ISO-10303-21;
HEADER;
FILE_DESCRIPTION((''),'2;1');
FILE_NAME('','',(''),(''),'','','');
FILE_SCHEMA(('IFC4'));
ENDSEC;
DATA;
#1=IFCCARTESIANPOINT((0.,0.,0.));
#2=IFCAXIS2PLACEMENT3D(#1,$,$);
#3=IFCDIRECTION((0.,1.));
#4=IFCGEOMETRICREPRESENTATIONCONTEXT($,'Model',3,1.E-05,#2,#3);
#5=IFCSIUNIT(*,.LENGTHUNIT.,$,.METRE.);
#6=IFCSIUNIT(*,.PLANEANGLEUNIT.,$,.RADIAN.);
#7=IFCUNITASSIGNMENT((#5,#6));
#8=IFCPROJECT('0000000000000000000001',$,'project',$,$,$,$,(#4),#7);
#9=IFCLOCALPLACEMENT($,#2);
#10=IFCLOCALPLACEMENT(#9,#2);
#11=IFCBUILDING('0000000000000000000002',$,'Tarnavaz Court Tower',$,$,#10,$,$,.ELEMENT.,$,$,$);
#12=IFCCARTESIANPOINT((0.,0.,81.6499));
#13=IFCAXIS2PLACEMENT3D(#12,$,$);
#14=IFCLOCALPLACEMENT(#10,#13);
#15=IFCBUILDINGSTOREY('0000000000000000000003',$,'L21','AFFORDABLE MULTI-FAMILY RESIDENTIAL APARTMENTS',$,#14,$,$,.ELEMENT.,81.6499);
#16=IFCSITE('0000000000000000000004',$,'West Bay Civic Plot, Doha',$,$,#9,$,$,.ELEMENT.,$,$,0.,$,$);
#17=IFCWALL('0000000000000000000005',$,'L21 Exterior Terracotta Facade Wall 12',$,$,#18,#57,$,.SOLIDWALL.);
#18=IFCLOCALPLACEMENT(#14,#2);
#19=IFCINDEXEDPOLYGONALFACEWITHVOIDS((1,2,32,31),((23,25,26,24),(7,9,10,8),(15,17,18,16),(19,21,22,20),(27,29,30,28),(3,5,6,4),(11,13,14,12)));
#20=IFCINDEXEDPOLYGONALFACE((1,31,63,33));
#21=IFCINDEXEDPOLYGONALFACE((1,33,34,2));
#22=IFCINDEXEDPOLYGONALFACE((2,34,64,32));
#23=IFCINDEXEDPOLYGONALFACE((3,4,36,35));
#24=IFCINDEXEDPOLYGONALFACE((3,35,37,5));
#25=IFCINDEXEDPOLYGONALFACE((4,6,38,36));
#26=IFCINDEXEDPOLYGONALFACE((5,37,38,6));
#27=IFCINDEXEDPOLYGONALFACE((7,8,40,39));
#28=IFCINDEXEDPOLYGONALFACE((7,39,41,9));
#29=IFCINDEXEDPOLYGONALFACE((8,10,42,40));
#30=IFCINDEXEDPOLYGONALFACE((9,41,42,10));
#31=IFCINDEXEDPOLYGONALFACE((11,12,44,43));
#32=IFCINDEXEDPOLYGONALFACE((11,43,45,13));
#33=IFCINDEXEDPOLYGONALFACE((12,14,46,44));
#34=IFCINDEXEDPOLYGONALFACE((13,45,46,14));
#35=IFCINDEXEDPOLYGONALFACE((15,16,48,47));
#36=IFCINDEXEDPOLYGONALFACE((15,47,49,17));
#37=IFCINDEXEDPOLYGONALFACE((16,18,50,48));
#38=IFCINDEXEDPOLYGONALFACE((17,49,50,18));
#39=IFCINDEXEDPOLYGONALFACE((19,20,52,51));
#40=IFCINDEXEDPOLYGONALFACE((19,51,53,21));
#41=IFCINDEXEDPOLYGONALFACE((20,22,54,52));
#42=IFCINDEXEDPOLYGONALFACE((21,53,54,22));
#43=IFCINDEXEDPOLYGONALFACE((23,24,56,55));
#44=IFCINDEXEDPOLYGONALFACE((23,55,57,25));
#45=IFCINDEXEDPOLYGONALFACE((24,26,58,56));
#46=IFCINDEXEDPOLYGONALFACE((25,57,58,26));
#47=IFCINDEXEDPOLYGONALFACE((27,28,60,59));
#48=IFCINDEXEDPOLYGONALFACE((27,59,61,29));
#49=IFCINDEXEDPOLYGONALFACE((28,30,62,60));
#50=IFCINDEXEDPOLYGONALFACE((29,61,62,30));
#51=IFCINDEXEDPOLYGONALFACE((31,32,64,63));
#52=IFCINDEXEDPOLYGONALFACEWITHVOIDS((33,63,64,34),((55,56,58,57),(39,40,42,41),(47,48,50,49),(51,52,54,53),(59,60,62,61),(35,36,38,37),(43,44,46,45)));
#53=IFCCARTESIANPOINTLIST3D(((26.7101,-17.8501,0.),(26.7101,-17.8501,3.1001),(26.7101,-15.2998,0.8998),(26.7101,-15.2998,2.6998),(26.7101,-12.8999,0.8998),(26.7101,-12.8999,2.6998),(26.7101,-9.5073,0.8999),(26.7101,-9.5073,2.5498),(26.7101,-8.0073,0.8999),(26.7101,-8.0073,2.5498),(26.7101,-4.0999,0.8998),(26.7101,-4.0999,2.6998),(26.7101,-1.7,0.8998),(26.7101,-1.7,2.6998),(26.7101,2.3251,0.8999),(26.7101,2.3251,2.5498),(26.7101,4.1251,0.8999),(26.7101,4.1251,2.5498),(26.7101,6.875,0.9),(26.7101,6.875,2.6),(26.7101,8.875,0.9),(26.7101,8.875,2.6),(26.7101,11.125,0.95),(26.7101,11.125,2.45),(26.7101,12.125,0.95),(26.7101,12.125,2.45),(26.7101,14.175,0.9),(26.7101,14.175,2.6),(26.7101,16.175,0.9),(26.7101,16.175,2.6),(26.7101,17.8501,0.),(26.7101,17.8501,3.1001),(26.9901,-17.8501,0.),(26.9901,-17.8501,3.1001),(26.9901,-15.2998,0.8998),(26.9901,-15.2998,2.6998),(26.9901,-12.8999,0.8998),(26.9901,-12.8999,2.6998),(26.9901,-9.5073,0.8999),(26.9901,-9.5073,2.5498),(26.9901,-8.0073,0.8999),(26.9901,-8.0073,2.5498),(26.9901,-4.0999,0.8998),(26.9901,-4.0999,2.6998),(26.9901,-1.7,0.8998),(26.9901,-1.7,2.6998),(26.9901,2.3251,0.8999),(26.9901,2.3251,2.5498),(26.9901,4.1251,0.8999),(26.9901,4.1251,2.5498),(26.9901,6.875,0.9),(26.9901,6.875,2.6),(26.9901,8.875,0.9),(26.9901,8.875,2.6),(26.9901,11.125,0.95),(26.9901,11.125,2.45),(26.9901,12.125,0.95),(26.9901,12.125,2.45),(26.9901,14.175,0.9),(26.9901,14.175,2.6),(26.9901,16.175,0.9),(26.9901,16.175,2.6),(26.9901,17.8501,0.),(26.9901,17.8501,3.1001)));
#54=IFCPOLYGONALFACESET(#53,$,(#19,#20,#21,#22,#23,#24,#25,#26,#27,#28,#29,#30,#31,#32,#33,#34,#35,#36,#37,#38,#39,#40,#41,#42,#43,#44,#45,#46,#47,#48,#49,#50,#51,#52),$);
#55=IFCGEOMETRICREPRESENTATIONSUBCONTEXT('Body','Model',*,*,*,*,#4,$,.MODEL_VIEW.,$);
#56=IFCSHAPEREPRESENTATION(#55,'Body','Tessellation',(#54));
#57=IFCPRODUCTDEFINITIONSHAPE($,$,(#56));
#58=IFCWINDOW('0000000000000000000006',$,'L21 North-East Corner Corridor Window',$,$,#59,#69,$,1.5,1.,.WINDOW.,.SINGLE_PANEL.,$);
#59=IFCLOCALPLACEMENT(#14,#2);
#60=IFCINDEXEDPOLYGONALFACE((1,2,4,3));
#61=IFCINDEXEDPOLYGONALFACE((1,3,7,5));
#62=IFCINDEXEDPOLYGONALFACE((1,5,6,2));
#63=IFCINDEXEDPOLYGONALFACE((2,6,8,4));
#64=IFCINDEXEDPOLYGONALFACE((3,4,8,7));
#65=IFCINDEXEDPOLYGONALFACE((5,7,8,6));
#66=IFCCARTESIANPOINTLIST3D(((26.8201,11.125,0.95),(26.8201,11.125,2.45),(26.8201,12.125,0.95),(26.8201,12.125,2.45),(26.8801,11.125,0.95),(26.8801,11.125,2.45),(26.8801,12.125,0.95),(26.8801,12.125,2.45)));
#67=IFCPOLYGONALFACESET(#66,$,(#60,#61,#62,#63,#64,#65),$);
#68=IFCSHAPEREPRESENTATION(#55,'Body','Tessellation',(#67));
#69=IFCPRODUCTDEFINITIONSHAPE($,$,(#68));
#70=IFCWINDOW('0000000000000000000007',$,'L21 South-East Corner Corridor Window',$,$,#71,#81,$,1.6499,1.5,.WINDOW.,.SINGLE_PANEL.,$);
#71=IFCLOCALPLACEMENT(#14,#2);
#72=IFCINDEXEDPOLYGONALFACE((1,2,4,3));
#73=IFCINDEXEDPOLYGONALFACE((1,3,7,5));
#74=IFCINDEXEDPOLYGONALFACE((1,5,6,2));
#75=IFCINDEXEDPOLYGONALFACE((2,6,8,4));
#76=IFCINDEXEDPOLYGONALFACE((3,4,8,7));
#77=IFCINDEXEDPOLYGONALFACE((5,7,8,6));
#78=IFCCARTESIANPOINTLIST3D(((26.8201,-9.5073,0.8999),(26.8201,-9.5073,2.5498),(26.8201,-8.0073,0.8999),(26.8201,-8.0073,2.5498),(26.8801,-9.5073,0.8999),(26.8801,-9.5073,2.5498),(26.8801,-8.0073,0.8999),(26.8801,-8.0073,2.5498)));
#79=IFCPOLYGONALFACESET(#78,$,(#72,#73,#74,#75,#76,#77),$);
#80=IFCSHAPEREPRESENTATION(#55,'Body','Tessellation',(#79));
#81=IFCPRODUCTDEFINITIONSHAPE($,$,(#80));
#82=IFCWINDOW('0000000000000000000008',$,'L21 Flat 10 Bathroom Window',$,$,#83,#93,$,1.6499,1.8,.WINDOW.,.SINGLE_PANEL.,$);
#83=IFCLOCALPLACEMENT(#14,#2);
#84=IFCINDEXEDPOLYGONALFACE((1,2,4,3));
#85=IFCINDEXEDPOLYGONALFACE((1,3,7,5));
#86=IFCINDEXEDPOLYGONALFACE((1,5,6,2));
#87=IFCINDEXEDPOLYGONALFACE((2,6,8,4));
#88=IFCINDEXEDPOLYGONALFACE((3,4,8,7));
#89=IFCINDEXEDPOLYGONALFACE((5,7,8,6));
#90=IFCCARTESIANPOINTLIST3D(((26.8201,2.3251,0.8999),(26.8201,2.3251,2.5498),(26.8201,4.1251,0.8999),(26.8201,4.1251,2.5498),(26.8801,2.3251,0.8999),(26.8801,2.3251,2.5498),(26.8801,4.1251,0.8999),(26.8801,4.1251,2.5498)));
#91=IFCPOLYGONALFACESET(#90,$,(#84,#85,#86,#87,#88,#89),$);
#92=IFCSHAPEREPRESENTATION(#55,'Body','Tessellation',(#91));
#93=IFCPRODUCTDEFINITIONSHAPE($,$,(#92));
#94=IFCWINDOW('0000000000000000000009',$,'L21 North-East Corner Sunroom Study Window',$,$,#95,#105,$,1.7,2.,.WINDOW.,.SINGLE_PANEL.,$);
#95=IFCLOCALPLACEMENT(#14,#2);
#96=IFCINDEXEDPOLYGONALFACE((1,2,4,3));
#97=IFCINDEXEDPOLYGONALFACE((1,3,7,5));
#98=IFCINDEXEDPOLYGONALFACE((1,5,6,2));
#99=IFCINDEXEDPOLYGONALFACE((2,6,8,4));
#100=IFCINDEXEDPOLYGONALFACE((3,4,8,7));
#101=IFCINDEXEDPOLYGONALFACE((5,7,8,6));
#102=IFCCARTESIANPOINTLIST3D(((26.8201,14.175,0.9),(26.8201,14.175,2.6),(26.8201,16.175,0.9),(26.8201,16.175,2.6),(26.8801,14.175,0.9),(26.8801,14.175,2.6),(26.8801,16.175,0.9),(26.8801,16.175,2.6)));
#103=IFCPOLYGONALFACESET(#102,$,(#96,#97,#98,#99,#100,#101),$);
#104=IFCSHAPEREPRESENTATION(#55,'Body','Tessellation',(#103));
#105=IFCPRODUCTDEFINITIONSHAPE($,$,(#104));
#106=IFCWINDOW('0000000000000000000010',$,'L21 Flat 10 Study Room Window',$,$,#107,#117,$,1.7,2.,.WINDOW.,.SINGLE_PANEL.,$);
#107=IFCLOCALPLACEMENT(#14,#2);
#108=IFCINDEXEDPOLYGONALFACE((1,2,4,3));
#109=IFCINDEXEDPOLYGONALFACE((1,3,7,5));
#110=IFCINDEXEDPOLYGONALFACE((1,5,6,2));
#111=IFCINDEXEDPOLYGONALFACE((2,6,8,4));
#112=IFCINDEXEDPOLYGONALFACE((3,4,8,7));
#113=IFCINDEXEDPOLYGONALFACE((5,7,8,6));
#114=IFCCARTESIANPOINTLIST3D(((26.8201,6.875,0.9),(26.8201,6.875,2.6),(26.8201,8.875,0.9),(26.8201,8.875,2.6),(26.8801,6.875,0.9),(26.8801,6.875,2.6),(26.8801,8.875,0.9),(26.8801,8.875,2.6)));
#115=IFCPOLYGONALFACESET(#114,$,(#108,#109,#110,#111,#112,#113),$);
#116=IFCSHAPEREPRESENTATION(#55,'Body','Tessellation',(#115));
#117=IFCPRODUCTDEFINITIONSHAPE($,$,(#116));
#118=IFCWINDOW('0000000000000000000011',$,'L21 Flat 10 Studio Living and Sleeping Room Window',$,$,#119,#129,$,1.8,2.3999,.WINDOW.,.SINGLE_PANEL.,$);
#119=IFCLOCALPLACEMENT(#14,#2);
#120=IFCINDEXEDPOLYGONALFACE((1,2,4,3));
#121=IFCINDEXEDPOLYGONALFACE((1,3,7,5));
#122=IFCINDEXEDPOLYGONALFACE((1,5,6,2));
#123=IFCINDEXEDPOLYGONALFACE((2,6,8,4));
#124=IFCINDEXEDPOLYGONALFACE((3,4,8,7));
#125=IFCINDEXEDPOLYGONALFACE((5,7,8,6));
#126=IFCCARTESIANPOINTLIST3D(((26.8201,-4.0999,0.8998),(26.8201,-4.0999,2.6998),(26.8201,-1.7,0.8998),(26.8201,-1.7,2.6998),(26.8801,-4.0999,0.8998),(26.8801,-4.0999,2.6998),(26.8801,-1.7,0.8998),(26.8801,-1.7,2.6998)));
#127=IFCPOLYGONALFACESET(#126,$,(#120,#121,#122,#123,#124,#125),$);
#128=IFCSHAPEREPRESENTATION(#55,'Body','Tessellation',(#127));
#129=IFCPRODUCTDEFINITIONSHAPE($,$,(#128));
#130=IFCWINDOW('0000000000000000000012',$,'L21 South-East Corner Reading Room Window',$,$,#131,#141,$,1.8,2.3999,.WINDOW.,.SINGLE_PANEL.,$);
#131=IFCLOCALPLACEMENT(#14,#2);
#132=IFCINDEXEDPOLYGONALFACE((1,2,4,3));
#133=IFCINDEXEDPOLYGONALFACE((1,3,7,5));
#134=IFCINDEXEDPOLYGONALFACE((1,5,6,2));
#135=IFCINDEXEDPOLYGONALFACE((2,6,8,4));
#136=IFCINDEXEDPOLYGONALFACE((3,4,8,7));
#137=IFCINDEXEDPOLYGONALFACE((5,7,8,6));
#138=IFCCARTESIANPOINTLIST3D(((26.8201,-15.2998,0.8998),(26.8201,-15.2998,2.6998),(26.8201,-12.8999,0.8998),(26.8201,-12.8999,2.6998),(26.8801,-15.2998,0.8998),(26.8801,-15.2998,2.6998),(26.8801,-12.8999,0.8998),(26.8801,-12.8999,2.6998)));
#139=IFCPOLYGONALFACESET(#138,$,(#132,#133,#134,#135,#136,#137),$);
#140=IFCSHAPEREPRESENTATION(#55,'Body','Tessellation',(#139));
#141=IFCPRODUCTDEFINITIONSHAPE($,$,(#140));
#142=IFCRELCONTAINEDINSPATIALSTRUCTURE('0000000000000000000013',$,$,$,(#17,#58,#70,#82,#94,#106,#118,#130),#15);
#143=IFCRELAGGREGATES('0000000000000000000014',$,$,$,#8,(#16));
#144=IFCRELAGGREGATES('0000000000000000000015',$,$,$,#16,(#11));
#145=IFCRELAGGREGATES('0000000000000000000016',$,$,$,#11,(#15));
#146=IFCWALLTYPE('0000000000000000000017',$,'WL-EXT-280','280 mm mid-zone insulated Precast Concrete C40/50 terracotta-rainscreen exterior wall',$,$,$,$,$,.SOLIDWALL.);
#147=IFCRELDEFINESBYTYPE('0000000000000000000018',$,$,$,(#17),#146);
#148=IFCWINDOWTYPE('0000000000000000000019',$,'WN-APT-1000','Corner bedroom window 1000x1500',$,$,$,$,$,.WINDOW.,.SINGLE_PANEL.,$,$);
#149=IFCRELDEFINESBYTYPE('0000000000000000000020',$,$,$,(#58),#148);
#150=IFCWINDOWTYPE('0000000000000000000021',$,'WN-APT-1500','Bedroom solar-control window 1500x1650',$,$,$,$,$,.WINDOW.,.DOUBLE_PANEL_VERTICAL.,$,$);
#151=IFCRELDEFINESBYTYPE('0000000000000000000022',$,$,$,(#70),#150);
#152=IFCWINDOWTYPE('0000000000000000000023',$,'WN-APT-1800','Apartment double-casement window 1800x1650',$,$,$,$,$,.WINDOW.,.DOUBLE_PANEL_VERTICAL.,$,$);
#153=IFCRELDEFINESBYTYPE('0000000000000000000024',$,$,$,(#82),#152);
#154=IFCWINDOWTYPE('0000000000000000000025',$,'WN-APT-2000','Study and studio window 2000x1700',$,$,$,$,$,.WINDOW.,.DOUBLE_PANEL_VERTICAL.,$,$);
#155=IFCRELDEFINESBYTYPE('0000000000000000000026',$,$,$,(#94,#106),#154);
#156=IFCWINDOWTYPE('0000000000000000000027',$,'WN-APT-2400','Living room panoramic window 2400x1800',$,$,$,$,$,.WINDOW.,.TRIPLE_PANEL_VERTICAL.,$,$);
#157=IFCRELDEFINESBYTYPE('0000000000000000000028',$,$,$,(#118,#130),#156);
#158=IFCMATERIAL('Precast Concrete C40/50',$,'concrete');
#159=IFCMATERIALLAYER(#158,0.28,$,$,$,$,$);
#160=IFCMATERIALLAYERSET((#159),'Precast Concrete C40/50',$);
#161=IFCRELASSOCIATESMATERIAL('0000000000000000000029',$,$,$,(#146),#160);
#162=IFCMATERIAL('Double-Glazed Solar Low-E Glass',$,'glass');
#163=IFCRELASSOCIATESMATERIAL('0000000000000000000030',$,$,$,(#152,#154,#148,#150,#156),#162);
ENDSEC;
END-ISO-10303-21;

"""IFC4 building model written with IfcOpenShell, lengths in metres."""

from ifc_helpers import new_model, si_unit, direction, frame, frame_2d, origin, place, context, subcontext, project, spatial, rectangle, extrude, material, layer, layer_set, type_object, element, fill, save


model = new_model("IFC4")

# Units and contexts
model_context = context("Model", 3, precision=1e-05, world=origin(), true_north=direction((0.0, 1.0)))
body_context = subcontext(model_context, "Body", "Model", "MODEL_VIEW")
ifc_project = project(units=[si_unit("LENGTHUNIT", "METRE"), si_unit("PLANEANGLEUNIT", "RADIAN")], contexts=[model_context])

# Site, building, storey
site_placement = place(None, origin())
site = spatial("IfcSite", under=ifc_project, at=site_placement, Name="West Bay Civic Plot, Doha", CompositionType="ELEMENT", RefElevation=0.0)
building_placement = place(site_placement, origin())
building = spatial("IfcBuilding", under=site, at=building_placement, Name="Tarnavaz Court Tower", CompositionType="ELEMENT")
storey_placement = place(building_placement, frame((0.0, 0.0, 81.6499)))
storey = spatial("IfcBuildingStorey", under=building, at=storey_placement, Name="L21", Description="AFFORDABLE MULTI-FAMILY RESIDENTIAL APARTMENTS", CompositionType="ELEMENT", Elevation=81.6499)

# Shared definitions
ifc_material_1 = material(Name="Precast Concrete C40/50", Category="concrete")
ifc_layer_1 = layer(ifc_material_1, 0.28)
ifc_layer_set_1 = layer_set([ifc_layer_1], Name="Precast Concrete C40/50")
wall_type_1 = type_object("IfcWallType", Name="WL-EXT-280", Description="280 mm mid-zone insulated Precast Concrete C40/50 terracotta-rainscreen exterior wall", PredefinedType="SOLIDWALL", material=ifc_layer_set_1)
ifc_material_2 = material(Name="Double-Glazed Solar Low-E Glass", Category="glass")
window_type_1 = type_object("IfcWindowType", Name="WN-APT-1800", Description="Apartment double-casement window 1800x1650", PartitioningType="DOUBLE_PANEL_VERTICAL", PredefinedType="WINDOW", material=ifc_material_2)
window_type_2 = type_object("IfcWindowType", Name="WN-APT-2000", Description="Study and studio window 2000x1700", PartitioningType="DOUBLE_PANEL_VERTICAL", PredefinedType="WINDOW", material=ifc_material_2)

# Wall, openings, windows
wall_1_placement = place(storey_placement, frame((26.8501, 17.8501, 0.0), z_axis=(0.0, 0.0, 1.0), x_axis=(0.0, -1.0, 0.0)))
wall_1 = element("IfcWall", 1, at=wall_1_placement, inside=storey, type_object=wall_type_1, Name="L21 Exterior Terracotta Facade Wall 12", PredefinedType="SOLIDWALL", context=body_context, shape_type="SweptSolid", body=[
    extrude(rectangle(XDim=35.7002, YDim=0.28, at=frame_2d((17.8501, 0.0))), origin(), (0.0, 0.0, 1.0), 3.1001),
])
opening_1_placement = place(wall_1_placement, frame((1.675, 0.0, 0.8999)))
opening_1 = element("IfcOpeningElement", 2, at=opening_1_placement, cuts=wall_1, PredefinedType="OPENING", context=body_context, shape_type="SweptSolid", body=[
    extrude(rectangle(XDim=2.0, YDim=1.7, at=frame_2d((1.0, 0.8501))), frame((0.0, 0.1499, 0.0), z_axis=(0.0, -1.0, 0.0), x_axis=(1.0, 0.0, 0.0)), (0.0, 0.0, 1.0), 0.3),
])
opening_2_placement = place(wall_1_placement, frame((5.7251, 0.0, 0.95)))
opening_2 = element("IfcOpeningElement", 3, at=opening_2_placement, cuts=wall_1, PredefinedType="OPENING", context=body_context, shape_type="SweptSolid", body=[
    extrude(rectangle(XDim=1.0, YDim=1.5, at=frame_2d((0.5, 0.75))), frame((0.0, 0.1499, 0.0), z_axis=(0.0, -1.0, 0.0), x_axis=(1.0, 0.0, 0.0)), (0.0, 0.0, 1.0), 0.3),
])
opening_3_placement = place(wall_1_placement, frame((8.9751, 0.0, 0.8999)))
opening_3 = element("IfcOpeningElement", 4, at=opening_3_placement, cuts=wall_1, PredefinedType="OPENING", context=body_context, shape_type="SweptSolid", body=[
    extrude(rectangle(XDim=2.0, YDim=1.7, at=frame_2d((1.0, 0.8501))), frame((0.0, 0.1499, 0.0), z_axis=(0.0, -1.0, 0.0), x_axis=(1.0, 0.0, 0.0)), (0.0, 0.0, 1.0), 0.3),
])
opening_4_placement = place(wall_1_placement, frame((13.7251, 0.0, 0.8999)))
opening_4 = element("IfcOpeningElement", 5, at=opening_4_placement, cuts=wall_1, PredefinedType="OPENING", context=body_context, shape_type="SweptSolid", body=[
    extrude(rectangle(XDim=1.8, YDim=1.6499, at=frame_2d((0.8999, 0.825))), frame((0.0, 0.1499, 0.0), z_axis=(0.0, -1.0, 0.0), x_axis=(1.0, 0.0, 0.0)), (0.0, 0.0, 1.0), 0.3),
])
opening_5_placement = place(wall_1_placement, frame((19.55, 0.0, 0.8999)))
opening_5 = element("IfcOpeningElement", 6, at=opening_5_placement, cuts=wall_1, PredefinedType="OPENING", context=body_context, shape_type="SweptSolid", body=[
    extrude(rectangle(XDim=2.3999, YDim=1.8, at=frame_2d((1.2, 0.8999))), frame((0.0, 0.1499, 0.0), z_axis=(0.0, -1.0, 0.0), x_axis=(1.0, 0.0, 0.0)), (0.0, 0.0, 1.0), 0.3),
])
opening_6_placement = place(wall_1_placement, frame((25.8574, 0.0, 0.8999)))
opening_6 = element("IfcOpeningElement", 7, at=opening_6_placement, cuts=wall_1, PredefinedType="OPENING", context=body_context, shape_type="SweptSolid", body=[
    extrude(rectangle(XDim=1.5, YDim=1.6499, at=frame_2d((0.75, 0.825))), frame((0.0, 0.1499, 0.0), z_axis=(0.0, -1.0, 0.0), x_axis=(1.0, 0.0, 0.0)), (0.0, 0.0, 1.0), 0.3),
])
opening_7_placement = place(wall_1_placement, frame((30.75, 0.0, 0.8999)))
opening_7 = element("IfcOpeningElement", 8, at=opening_7_placement, cuts=wall_1, PredefinedType="OPENING", context=body_context, shape_type="SweptSolid", body=[
    extrude(rectangle(XDim=2.3999, YDim=1.8, at=frame_2d((1.2, 0.8999))), frame((0.0, 0.1499, 0.0), z_axis=(0.0, -1.0, 0.0), x_axis=(1.0, 0.0, 0.0)), (0.0, 0.0, 1.0), 0.3),
])
window_type_3 = type_object("IfcWindowType", Name="WN-APT-1000", Description="Corner bedroom window 1000x1500", PartitioningType="SINGLE_PANEL", PredefinedType="WINDOW", material=ifc_material_2)
window_1_placement = place(opening_2_placement, origin())
window_1 = element("IfcWindow", 9, at=window_1_placement, inside=storey, type_object=window_type_3, Name="L21 North-East Corner Corridor Window", OverallHeight=1.5, OverallWidth=1.0, PartitioningType="SINGLE_PANEL", PredefinedType="WINDOW", context=body_context, shape_type="SweptSolid", body=[
    extrude(rectangle(XDim=1.0, YDim=1.5, at=frame_2d((0.5, 0.75))), frame((0.0, 0.03, 0.0), z_axis=(0.0, -1.0, 0.0), x_axis=(1.0, 0.0, 0.0)), (0.0, 0.0, 1.0), 0.0601),
])
fill(opening_2, window_1)
window_type_4 = type_object("IfcWindowType", Name="WN-APT-1500", Description="Bedroom solar-control window 1500x1650", PartitioningType="DOUBLE_PANEL_VERTICAL", PredefinedType="WINDOW", material=ifc_material_2)
window_2_placement = place(opening_6_placement, origin())
window_2 = element("IfcWindow", 10, at=window_2_placement, inside=storey, type_object=window_type_4, Name="L21 South-East Corner Corridor Window", OverallHeight=1.6499, OverallWidth=1.5, PartitioningType="SINGLE_PANEL", PredefinedType="WINDOW", context=body_context, shape_type="SweptSolid", body=[
    extrude(rectangle(XDim=1.5, YDim=1.6499, at=frame_2d((0.75, 0.825))), frame((0.0, 0.03, 0.0), z_axis=(0.0, -1.0, 0.0), x_axis=(1.0, 0.0, 0.0)), (0.0, 0.0, 1.0), 0.0601),
])
fill(opening_6, window_2)
window_3_placement = place(opening_4_placement, origin())
window_3 = element("IfcWindow", 11, at=window_3_placement, inside=storey, type_object=window_type_1, Name="L21 Flat 10 Bathroom Window", OverallHeight=1.6499, OverallWidth=1.8, PartitioningType="SINGLE_PANEL", PredefinedType="WINDOW", context=body_context, shape_type="SweptSolid", body=[
    extrude(rectangle(XDim=1.8, YDim=1.6499, at=frame_2d((0.8999, 0.825))), frame((0.0, 0.03, 0.0), z_axis=(0.0, -1.0, 0.0), x_axis=(1.0, 0.0, 0.0)), (0.0, 0.0, 1.0), 0.0601),
])
fill(opening_4, window_3)
window_4_placement = place(opening_1_placement, origin())
window_4 = element("IfcWindow", 12, at=window_4_placement, inside=storey, type_object=window_type_2, Name="L21 North-East Corner Sunroom Study Window", OverallHeight=1.7, OverallWidth=2.0, PartitioningType="SINGLE_PANEL", PredefinedType="WINDOW", context=body_context, shape_type="SweptSolid", body=[
    extrude(rectangle(XDim=2.0, YDim=1.7, at=frame_2d((1.0, 0.8501))), frame((0.0, 0.03, 0.0), z_axis=(0.0, -1.0, 0.0), x_axis=(1.0, 0.0, 0.0)), (0.0, 0.0, 1.0), 0.0601),
])
fill(opening_1, window_4)
window_5_placement = place(opening_3_placement, origin())
window_5 = element("IfcWindow", 13, at=window_5_placement, inside=storey, type_object=window_type_2, Name="L21 Flat 10 Study Room Window", OverallHeight=1.7, OverallWidth=2.0, PartitioningType="SINGLE_PANEL", PredefinedType="WINDOW", context=body_context, shape_type="SweptSolid", body=[
    extrude(rectangle(XDim=2.0, YDim=1.7, at=frame_2d((1.0, 0.8501))), frame((0.0, 0.03, 0.0), z_axis=(0.0, -1.0, 0.0), x_axis=(1.0, 0.0, 0.0)), (0.0, 0.0, 1.0), 0.0601),
])
fill(opening_3, window_5)
window_type_5 = type_object("IfcWindowType", Name="WN-APT-2400", Description="Living room panoramic window 2400x1800", PartitioningType="TRIPLE_PANEL_VERTICAL", PredefinedType="WINDOW", material=ifc_material_2)
window_6_placement = place(opening_5_placement, origin())
window_6 = element("IfcWindow", 14, at=window_6_placement, inside=storey, type_object=window_type_5, Name="L21 Flat 10 Studio Living and Sleeping Room Window", OverallHeight=1.8, OverallWidth=2.3999, PartitioningType="SINGLE_PANEL", PredefinedType="WINDOW", context=body_context, shape_type="SweptSolid", body=[
    extrude(rectangle(XDim=2.3999, YDim=1.8, at=frame_2d((1.2, 0.8999))), frame((0.0, 0.03, 0.0), z_axis=(0.0, -1.0, 0.0), x_axis=(1.0, 0.0, 0.0)), (0.0, 0.0, 1.0), 0.0601),
])
fill(opening_5, window_6)
window_7_placement = place(opening_7_placement, origin())
window_7 = element("IfcWindow", 15, at=window_7_placement, inside=storey, type_object=window_type_5, Name="L21 South-East Corner Reading Room Window", OverallHeight=1.8, OverallWidth=2.3999, PartitioningType="SINGLE_PANEL", PredefinedType="WINDOW", context=body_context, shape_type="SweptSolid", body=[
    extrude(rectangle(XDim=2.3999, YDim=1.8, at=frame_2d((1.2, 0.8999))), frame((0.0, 0.03, 0.0), z_axis=(0.0, -1.0, 0.0), x_axis=(1.0, 0.0, 0.0)), (0.0, 0.0, 1.0), 0.0601),
])
fill(opening_7, window_7)

save(model, "model.ifc")
